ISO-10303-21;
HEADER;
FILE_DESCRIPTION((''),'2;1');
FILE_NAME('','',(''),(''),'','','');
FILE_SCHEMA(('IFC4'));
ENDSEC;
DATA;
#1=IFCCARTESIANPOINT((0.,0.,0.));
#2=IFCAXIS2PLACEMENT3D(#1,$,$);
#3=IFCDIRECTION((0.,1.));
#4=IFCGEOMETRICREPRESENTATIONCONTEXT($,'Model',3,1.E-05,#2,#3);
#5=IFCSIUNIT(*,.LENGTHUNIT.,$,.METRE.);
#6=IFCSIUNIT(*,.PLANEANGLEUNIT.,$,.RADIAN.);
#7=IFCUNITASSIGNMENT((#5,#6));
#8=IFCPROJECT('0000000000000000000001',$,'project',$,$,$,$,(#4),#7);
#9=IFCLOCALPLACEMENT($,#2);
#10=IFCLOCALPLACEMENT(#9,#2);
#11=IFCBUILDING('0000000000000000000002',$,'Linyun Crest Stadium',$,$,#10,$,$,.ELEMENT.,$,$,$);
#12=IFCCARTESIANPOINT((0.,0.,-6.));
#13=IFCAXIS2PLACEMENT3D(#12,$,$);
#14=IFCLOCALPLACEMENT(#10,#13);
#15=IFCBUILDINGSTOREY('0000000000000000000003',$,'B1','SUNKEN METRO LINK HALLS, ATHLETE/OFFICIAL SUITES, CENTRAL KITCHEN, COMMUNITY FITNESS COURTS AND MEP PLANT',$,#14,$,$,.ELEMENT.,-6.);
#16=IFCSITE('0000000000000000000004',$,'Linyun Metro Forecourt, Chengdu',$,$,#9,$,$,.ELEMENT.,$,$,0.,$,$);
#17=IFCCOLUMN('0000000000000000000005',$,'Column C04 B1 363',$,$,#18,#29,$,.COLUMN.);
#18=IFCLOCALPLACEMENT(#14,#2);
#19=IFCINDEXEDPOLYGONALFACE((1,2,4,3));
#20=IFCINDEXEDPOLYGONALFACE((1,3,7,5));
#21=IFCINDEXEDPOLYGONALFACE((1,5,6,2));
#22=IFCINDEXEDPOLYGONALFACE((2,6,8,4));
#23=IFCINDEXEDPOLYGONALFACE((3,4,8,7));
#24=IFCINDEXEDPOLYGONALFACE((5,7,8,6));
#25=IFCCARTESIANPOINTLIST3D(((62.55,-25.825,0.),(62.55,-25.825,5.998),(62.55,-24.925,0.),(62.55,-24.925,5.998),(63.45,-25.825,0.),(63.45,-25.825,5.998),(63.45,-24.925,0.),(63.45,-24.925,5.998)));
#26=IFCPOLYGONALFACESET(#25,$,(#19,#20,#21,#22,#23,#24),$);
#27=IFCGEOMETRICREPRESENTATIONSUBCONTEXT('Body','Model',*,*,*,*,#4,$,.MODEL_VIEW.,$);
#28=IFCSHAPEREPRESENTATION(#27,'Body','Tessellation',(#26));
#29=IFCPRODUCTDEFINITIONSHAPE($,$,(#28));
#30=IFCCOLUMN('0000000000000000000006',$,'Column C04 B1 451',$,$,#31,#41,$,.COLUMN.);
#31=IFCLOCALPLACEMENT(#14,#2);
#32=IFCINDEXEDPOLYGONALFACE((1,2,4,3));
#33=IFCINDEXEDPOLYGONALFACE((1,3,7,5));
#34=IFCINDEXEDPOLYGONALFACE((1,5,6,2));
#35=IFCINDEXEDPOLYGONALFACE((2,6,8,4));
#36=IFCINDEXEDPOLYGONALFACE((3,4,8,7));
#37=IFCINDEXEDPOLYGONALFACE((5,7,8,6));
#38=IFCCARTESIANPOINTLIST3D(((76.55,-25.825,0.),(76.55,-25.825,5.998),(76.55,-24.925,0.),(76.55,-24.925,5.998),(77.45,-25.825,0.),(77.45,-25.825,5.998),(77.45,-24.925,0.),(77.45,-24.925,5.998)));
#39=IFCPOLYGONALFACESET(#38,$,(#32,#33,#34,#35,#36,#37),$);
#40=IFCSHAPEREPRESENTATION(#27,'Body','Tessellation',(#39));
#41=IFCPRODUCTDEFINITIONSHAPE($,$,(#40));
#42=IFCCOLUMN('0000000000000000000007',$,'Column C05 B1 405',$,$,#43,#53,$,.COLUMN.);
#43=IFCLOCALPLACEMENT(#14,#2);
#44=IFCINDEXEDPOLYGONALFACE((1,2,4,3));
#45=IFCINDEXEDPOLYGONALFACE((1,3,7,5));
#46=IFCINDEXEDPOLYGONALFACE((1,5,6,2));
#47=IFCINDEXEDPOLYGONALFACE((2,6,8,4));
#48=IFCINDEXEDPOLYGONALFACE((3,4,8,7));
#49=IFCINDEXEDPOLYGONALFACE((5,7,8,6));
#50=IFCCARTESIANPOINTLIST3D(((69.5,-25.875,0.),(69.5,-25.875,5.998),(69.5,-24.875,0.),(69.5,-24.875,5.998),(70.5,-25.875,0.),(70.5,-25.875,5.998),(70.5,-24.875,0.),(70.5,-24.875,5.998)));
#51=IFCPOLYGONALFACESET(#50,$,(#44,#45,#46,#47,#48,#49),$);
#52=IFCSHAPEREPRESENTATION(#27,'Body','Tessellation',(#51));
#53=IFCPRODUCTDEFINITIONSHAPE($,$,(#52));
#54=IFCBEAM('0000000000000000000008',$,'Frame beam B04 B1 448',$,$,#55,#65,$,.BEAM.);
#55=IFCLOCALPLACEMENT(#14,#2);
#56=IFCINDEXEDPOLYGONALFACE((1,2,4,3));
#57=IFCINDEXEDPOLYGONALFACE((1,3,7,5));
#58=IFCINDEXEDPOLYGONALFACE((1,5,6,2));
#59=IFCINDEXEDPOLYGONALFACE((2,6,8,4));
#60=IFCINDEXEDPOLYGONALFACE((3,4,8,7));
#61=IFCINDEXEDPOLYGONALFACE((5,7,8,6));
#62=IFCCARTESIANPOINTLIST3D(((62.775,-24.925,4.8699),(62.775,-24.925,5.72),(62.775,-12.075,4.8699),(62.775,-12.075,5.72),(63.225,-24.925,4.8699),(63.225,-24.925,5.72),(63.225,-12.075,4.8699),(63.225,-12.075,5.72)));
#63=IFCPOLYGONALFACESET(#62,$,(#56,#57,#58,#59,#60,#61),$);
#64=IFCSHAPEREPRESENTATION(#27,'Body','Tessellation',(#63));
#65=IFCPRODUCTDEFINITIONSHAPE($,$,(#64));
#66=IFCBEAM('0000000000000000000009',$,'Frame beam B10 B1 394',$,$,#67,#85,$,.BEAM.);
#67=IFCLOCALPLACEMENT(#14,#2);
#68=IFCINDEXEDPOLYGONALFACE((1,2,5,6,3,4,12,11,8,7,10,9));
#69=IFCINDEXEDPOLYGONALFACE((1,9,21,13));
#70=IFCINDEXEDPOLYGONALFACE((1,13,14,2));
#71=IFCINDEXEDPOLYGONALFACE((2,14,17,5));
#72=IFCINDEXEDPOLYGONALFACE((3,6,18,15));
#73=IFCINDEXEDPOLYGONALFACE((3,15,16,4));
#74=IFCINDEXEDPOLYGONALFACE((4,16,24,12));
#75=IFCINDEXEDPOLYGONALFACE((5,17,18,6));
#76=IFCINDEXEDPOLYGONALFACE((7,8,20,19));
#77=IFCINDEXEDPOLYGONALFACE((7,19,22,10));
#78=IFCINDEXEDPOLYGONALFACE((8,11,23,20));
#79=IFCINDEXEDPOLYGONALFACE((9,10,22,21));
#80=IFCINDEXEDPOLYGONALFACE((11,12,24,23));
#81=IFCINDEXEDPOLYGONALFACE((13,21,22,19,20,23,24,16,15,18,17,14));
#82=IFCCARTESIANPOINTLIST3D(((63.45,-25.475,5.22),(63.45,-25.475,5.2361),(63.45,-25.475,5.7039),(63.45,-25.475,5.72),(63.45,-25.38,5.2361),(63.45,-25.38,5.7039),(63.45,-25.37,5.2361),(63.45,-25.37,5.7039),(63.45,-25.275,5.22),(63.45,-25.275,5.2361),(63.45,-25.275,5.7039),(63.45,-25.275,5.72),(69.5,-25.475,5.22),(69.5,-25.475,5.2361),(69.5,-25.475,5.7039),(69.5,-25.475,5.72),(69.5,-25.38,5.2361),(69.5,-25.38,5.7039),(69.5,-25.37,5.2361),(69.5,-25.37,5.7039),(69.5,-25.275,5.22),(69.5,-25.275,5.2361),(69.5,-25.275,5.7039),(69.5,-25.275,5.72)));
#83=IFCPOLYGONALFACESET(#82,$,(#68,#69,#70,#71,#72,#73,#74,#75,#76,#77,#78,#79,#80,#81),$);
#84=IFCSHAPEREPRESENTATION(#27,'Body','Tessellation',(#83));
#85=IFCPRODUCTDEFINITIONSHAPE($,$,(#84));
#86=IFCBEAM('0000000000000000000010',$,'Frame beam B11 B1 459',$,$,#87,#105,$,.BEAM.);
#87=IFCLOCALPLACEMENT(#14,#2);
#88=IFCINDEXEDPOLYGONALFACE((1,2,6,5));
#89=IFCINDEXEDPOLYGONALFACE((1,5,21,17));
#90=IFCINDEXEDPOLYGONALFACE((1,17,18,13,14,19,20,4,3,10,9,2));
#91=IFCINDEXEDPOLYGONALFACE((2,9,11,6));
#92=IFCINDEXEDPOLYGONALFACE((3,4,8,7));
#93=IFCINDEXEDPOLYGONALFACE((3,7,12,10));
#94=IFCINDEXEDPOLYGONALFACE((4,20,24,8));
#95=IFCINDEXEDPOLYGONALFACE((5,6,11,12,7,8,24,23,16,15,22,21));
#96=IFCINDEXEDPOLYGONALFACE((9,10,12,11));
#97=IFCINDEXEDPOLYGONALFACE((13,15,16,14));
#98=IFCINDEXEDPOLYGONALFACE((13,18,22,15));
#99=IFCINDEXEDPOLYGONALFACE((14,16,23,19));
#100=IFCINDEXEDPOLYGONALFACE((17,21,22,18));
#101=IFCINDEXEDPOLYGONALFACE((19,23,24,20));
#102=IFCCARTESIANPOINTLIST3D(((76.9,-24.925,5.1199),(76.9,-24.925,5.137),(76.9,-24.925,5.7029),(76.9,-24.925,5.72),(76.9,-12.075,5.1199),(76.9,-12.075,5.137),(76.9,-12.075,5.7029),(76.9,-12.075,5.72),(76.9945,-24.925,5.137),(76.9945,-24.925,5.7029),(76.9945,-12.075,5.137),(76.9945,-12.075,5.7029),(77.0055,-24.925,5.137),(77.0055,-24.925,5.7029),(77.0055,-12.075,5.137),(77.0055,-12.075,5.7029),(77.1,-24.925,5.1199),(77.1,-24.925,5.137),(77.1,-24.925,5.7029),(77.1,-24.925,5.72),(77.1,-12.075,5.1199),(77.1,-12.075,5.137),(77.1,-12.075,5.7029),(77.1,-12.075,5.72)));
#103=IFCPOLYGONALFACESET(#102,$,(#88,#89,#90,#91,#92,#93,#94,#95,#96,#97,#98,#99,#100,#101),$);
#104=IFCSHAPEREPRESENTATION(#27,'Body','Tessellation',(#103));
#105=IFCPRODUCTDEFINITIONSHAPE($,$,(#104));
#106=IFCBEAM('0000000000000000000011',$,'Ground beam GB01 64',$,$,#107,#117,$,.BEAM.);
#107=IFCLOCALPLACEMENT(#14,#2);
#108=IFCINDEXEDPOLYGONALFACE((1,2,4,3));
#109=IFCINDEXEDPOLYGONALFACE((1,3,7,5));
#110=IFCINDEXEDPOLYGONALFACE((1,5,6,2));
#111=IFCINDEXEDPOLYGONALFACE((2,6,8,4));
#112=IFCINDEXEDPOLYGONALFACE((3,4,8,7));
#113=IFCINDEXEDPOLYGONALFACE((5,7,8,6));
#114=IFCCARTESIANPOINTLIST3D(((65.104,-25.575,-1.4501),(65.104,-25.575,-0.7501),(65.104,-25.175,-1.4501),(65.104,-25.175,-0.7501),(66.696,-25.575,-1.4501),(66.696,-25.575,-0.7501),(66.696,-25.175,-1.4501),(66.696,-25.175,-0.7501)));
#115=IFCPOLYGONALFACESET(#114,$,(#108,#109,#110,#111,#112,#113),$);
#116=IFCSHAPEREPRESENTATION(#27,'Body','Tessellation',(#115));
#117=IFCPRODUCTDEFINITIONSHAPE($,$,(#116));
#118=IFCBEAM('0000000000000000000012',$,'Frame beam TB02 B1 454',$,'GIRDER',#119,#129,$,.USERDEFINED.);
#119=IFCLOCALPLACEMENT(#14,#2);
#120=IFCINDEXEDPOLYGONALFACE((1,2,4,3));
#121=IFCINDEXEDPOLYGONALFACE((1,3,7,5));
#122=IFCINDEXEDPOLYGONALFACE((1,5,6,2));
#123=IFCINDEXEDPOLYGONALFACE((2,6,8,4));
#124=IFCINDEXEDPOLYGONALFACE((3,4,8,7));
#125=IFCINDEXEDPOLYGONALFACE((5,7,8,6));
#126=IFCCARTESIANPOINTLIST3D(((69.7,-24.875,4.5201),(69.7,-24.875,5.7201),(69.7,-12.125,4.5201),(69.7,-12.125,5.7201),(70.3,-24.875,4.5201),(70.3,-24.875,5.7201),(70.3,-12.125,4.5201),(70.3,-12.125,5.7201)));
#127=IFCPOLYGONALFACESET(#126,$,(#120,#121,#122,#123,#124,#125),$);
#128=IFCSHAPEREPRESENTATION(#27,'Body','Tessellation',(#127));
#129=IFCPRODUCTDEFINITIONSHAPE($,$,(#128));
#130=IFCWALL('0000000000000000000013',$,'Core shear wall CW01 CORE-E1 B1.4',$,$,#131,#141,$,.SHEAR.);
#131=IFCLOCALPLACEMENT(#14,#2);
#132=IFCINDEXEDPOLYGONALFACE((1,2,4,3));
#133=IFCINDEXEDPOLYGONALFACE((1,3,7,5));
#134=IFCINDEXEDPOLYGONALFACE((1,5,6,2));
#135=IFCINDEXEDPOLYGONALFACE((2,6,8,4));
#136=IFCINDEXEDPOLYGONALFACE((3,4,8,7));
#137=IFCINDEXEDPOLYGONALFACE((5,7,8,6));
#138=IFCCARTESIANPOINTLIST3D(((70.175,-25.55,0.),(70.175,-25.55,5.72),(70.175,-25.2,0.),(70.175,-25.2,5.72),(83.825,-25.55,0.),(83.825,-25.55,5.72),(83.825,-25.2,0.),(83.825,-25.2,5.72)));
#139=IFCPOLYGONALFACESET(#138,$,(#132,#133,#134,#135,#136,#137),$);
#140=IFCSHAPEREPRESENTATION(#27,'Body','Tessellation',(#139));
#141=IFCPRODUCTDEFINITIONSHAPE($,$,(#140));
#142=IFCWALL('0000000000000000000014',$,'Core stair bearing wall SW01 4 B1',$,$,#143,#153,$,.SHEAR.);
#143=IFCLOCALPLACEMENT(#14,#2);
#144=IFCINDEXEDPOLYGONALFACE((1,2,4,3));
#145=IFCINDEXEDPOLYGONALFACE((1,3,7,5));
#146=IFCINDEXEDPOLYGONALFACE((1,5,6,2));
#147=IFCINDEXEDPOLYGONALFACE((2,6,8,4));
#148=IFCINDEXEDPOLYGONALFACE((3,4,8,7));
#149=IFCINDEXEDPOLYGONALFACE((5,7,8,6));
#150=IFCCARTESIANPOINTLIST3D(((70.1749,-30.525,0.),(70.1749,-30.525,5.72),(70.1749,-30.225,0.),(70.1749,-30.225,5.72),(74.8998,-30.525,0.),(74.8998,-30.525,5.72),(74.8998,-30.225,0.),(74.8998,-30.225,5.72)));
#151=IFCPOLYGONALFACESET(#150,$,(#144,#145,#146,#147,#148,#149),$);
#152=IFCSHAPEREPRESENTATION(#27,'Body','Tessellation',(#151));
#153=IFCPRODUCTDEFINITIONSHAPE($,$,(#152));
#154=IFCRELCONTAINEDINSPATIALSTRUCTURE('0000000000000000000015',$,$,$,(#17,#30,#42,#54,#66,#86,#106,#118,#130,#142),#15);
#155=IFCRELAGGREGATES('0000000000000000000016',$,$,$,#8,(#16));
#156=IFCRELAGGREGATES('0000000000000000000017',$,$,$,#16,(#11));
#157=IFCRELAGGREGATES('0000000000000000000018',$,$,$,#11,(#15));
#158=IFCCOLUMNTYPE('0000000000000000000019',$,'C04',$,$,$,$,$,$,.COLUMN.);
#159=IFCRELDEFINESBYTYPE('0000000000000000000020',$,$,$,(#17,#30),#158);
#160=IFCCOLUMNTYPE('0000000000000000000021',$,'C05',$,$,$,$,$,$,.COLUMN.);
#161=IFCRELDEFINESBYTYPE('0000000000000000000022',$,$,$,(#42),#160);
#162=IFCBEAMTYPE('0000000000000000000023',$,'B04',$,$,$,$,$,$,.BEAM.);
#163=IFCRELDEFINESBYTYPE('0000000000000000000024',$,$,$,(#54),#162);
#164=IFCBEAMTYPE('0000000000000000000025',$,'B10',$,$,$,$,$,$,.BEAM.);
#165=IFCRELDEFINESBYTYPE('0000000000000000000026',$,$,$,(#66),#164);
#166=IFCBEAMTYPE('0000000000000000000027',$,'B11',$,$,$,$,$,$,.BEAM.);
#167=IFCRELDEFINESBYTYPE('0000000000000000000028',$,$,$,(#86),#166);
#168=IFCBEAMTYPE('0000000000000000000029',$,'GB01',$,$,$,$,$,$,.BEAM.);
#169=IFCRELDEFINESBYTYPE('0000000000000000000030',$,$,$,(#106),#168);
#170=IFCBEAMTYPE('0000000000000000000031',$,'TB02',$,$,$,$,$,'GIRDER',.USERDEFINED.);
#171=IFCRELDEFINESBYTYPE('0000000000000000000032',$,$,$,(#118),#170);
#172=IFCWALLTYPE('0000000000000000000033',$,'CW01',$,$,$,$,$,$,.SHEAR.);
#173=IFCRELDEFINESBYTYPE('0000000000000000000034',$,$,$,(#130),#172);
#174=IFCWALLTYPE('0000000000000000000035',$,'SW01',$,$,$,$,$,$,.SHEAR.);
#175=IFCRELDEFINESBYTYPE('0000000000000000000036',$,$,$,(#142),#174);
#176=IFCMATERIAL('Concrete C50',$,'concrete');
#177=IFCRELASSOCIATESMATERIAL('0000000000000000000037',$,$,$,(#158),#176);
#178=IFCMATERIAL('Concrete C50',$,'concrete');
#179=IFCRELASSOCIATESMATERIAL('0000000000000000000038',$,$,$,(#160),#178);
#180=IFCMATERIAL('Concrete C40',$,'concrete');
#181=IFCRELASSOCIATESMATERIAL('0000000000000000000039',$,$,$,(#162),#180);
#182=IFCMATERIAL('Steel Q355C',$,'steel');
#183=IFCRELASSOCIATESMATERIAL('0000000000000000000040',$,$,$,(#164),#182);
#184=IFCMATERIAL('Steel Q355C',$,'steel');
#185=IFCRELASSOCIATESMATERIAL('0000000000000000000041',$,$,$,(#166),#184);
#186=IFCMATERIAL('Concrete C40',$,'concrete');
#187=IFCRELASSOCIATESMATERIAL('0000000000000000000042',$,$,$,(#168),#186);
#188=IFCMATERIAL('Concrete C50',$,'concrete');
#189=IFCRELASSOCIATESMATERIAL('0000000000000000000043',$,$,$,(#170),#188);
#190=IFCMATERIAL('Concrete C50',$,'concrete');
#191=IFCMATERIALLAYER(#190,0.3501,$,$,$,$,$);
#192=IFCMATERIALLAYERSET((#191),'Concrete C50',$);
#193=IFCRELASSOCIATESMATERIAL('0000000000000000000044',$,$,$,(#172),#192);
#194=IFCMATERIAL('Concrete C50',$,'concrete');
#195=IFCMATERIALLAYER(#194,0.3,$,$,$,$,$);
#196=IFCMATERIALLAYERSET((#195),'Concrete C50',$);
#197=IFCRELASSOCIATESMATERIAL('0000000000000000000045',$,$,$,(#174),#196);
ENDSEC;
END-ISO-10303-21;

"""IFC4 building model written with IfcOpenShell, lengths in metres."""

from ifc_helpers import new_model, si_unit, direction, frame, frame_2d, origin, origin_2d, place, context, subcontext, project, spatial, rectangle, i_section, extrude, material, layer, layer_set, material_profile, profile_set, type_object, element, save


model = new_model("IFC4")

# Units and contexts
model_context = context("Model", 3, precision=1e-05, world=origin(), true_north=direction((0.0, 1.0)))
body_context = subcontext(model_context, "Body", "Model", "MODEL_VIEW")
ifc_project = project(units=[si_unit("LENGTHUNIT", "METRE"), si_unit("PLANEANGLEUNIT", "RADIAN")], contexts=[model_context])

# Site, building, storey
site_placement = place(None, origin())
site = spatial("IfcSite", under=ifc_project, at=site_placement, Name="Linyun Metro Forecourt, Chengdu", CompositionType="ELEMENT", RefElevation=0.0)
building_placement = place(site_placement, origin())
building = spatial("IfcBuilding", under=site, at=building_placement, Name="Linyun Crest Stadium", CompositionType="ELEMENT")
storey_placement = place(building_placement, frame((0.0, 0.0, -6.0)))
storey = spatial("IfcBuildingStorey", under=building, at=storey_placement, Name="B1", Description="SUNKEN METRO LINK HALLS, ATHLETE/OFFICIAL SUITES, CENTRAL KITCHEN, COMMUNITY FITNESS COURTS AND MEP PLANT", CompositionType="ELEMENT", Elevation=-6.0)

# Columns
ifc_material_1 = material(Name="Concrete C50", Category="concrete")
ifc_material_profile_1 = material_profile(ifc_material_1, rectangle(XDim=0.8999, YDim=0.8999, at=origin_2d()), Name="RC 900x900")
ifc_profile_set_1 = profile_set([ifc_material_profile_1], Name="Concrete C50")
column_type_1 = type_object("IfcColumnType", Name="C04", PredefinedType="COLUMN", material=ifc_profile_set_1)
for number, where, z_axis, x_axis, name in (
    (1, (63.0, -25.375, 0.0), (0.0, 0.0, 1.0), (1.0, 0.0, 0.0), "Column C04 B1 363"),
    (2, (77.0, -25.375, 0.0), (0.0, 0.0, 1.0), (1.0, 0.0, 0.0), "Column C04 B1 451"),
):
    element("IfcColumn", number, at=place(storey_placement, frame(where, z_axis=z_axis, x_axis=x_axis)), inside=storey, type_object=column_type_1, Name=name, PredefinedType="COLUMN", context=body_context, shape_type="SweptSolid", body=[
        extrude(rectangle(XDim=0.8999, YDim=0.8999, at=origin_2d()), origin(), (0.0, 0.0, 1.0), 5.998),
    ])
ifc_material_2 = material(Name="Concrete C50", Category="concrete")
ifc_material_profile_2 = material_profile(ifc_material_2, rectangle(XDim=1.0, YDim=1.0, at=origin_2d()), Name="RC 1000x1000")
ifc_profile_set_2 = profile_set([ifc_material_profile_2], Name="Concrete C50")
column_type_2 = type_object("IfcColumnType", Name="C05", PredefinedType="COLUMN", material=ifc_profile_set_2)
column_placement = place(storey_placement, frame((70.0, -25.375, 0.0), z_axis=(0.0, 0.0, 1.0), x_axis=(1.0, 0.0, 0.0)))
element("IfcColumn", 3, at=column_placement, inside=storey, type_object=column_type_2, Name="Column C05 B1 405", PredefinedType="COLUMN", context=body_context, shape_type="SweptSolid", body=[
    extrude(rectangle(XDim=1.0, YDim=1.0, at=origin_2d()), origin(), (0.0, 0.0, 1.0), 5.998),
])

# Beams
ifc_material_3 = material(Name="Concrete C40", Category="concrete")
ifc_material_profile_3 = material_profile(ifc_material_3, rectangle(XDim=0.45, YDim=0.8501, at=origin_2d()), Name="RCB 850x450")
ifc_profile_set_3 = profile_set([ifc_material_profile_3], Name="Concrete C40")
beam_type_1 = type_object("IfcBeamType", Name="B04", PredefinedType="BEAM", material=ifc_profile_set_3)
beam_1_placement = place(storey_placement, frame((63.0, -24.925, 5.2949), z_axis=(0.0, 1.0, 0.0), x_axis=(-1.0, 0.0, 0.0)))
element("IfcBeam", 4, at=beam_1_placement, inside=storey, type_object=beam_type_1, Name="Frame beam B04 B1 448", PredefinedType="BEAM", context=body_context, shape_type="SweptSolid", body=[
    extrude(rectangle(XDim=0.45, YDim=0.8501, at=origin_2d()), origin(), (0.0, 0.0, 1.0), 12.8501),
])
ifc_material_4 = material(Name="Steel Q355C", Category="steel")
ifc_material_profile_4 = material_profile(ifc_material_4, i_section(OverallWidth=0.2, OverallDepth=0.5, WebThickness=0.01, FlangeThickness=0.0161, at=origin_2d()), Name="HN 500x200")
ifc_profile_set_4 = profile_set([ifc_material_profile_4], Name="Steel Q355C")
beam_type_2 = type_object("IfcBeamType", Name="B10", PredefinedType="BEAM", material=ifc_profile_set_4)
beam_2_placement = place(storey_placement, frame((63.45, -25.375, 5.47), z_axis=(1.0, 0.0, 0.0), x_axis=(0.0, 1.0, 0.0)))
element("IfcBeam", 5, at=beam_2_placement, inside=storey, type_object=beam_type_2, Name="Frame beam B10 B1 394", PredefinedType="BEAM", context=body_context, shape_type="SweptSolid", body=[
    extrude(i_section(OverallWidth=0.2, OverallDepth=0.5, WebThickness=0.01, FlangeThickness=0.0161, at=origin_2d()), origin(), (0.0, 0.0, 1.0), 6.05),
])
ifc_material_5 = material(Name="Steel Q355C", Category="steel")
ifc_material_profile_5 = material_profile(ifc_material_5, i_section(OverallWidth=0.2, OverallDepth=0.6001, WebThickness=0.011, FlangeThickness=0.0171, at=origin_2d()), Name="HN 600x200")
ifc_profile_set_5 = profile_set([ifc_material_profile_5], Name="Steel Q355C")
beam_type_3 = type_object("IfcBeamType", Name="B11", PredefinedType="BEAM", material=ifc_profile_set_5)
beam_3_placement = place(storey_placement, frame((77.0, -24.925, 5.4199), z_axis=(0.0, 1.0, 0.0), x_axis=(-1.0, 0.0, 0.0)))
element("IfcBeam", 6, at=beam_3_placement, inside=storey, type_object=beam_type_3, Name="Frame beam B11 B1 459", PredefinedType="BEAM", context=body_context, shape_type="SweptSolid", body=[
    extrude(i_section(OverallWidth=0.2, OverallDepth=0.6001, WebThickness=0.011, FlangeThickness=0.0171, at=origin_2d()), origin(), (0.0, 0.0, 1.0), 12.8501),
])
ifc_material_6 = material(Name="Concrete C40", Category="concrete")
ifc_material_profile_6 = material_profile(ifc_material_6, rectangle(XDim=0.3999, YDim=0.7, at=origin_2d()), Name="RCB 700x400")
ifc_profile_set_6 = profile_set([ifc_material_profile_6], Name="Concrete C40")
beam_type_4 = type_object("IfcBeamType", Name="GB01", PredefinedType="BEAM", material=ifc_profile_set_6)
beam_4_placement = place(storey_placement, frame((65.104, -25.375, -1.1001), z_axis=(1.0, 0.0, 0.0), x_axis=(0.0, 1.0, 0.0)))
element("IfcBeam", 7, at=beam_4_placement, inside=storey, type_object=beam_type_4, Name="Ground beam GB01 64", PredefinedType="BEAM", context=body_context, shape_type="SweptSolid", body=[
    extrude(rectangle(XDim=0.3999, YDim=0.7, at=origin_2d()), origin(), (0.0, 0.0, 1.0), 1.592),
])
ifc_material_7 = material(Name="Concrete C50", Category="concrete")
ifc_material_profile_7 = material_profile(ifc_material_7, rectangle(XDim=0.6001, YDim=1.2, at=origin_2d()), Name="RCB 1200x600")
ifc_profile_set_7 = profile_set([ifc_material_profile_7], Name="Concrete C50")
beam_type_5 = type_object("IfcBeamType", Name="TB02", ElementType="GIRDER", PredefinedType="USERDEFINED", material=ifc_profile_set_7)
beam_5_placement = place(storey_placement, frame((70.0, -24.875, 5.1201), z_axis=(0.0, 1.0, 0.0), x_axis=(-1.0, 0.0, 0.0)))
element("IfcBeam", 8, at=beam_5_placement, inside=storey, type_object=beam_type_5, Name="Frame beam TB02 B1 454", ObjectType="GIRDER", PredefinedType="USERDEFINED", context=body_context, shape_type="SweptSolid", body=[
    extrude(rectangle(XDim=0.6001, YDim=1.2, at=origin_2d()), origin(), (0.0, 0.0, 1.0), 12.75),
])

# Walls
ifc_material_8 = material(Name="Concrete C50", Category="concrete")
ifc_layer_1 = layer(ifc_material_8, 0.3501)
ifc_layer_set_1 = layer_set([ifc_layer_1], Name="Concrete C50")
wall_type_1 = type_object("IfcWallType", Name="CW01", PredefinedType="SHEAR", material=ifc_layer_set_1)
wall_1_placement = place(storey_placement, frame((70.175, -25.375, 0.0), z_axis=(0.0, 0.0, 1.0), x_axis=(1.0, 0.0, 0.0)))
element("IfcWall", 9, at=wall_1_placement, inside=storey, type_object=wall_type_1, Name="Core shear wall CW01 CORE-E1 B1.4", PredefinedType="SHEAR", context=body_context, shape_type="SweptSolid", body=[
    extrude(rectangle(XDim=13.6499, YDim=0.3501, at=frame_2d((6.825, 0.0))), origin(), (0.0, 0.0, 1.0), 5.72),
])
ifc_material_9 = material(Name="Concrete C50", Category="concrete")
ifc_layer_2 = layer(ifc_material_9, 0.3)
ifc_layer_set_2 = layer_set([ifc_layer_2], Name="Concrete C50")
wall_type_2 = type_object("IfcWallType", Name="SW01", PredefinedType="SHEAR", material=ifc_layer_set_2)
wall_2_placement = place(storey_placement, frame((70.175, -30.375, 0.0), z_axis=(0.0, 0.0, 1.0), x_axis=(1.0, 0.0, 0.0)))
element("IfcWall", 10, at=wall_2_placement, inside=storey, type_object=wall_type_2, Name="Core stair bearing wall SW01 4 B1", PredefinedType="SHEAR", context=body_context, shape_type="SweptSolid", body=[
    extrude(rectangle(XDim=4.7249, YDim=0.3, at=frame_2d((2.3623, 0.0))), origin(), (0.0, 0.0, 1.0), 5.72),
])

save(model, "model.ifc")
